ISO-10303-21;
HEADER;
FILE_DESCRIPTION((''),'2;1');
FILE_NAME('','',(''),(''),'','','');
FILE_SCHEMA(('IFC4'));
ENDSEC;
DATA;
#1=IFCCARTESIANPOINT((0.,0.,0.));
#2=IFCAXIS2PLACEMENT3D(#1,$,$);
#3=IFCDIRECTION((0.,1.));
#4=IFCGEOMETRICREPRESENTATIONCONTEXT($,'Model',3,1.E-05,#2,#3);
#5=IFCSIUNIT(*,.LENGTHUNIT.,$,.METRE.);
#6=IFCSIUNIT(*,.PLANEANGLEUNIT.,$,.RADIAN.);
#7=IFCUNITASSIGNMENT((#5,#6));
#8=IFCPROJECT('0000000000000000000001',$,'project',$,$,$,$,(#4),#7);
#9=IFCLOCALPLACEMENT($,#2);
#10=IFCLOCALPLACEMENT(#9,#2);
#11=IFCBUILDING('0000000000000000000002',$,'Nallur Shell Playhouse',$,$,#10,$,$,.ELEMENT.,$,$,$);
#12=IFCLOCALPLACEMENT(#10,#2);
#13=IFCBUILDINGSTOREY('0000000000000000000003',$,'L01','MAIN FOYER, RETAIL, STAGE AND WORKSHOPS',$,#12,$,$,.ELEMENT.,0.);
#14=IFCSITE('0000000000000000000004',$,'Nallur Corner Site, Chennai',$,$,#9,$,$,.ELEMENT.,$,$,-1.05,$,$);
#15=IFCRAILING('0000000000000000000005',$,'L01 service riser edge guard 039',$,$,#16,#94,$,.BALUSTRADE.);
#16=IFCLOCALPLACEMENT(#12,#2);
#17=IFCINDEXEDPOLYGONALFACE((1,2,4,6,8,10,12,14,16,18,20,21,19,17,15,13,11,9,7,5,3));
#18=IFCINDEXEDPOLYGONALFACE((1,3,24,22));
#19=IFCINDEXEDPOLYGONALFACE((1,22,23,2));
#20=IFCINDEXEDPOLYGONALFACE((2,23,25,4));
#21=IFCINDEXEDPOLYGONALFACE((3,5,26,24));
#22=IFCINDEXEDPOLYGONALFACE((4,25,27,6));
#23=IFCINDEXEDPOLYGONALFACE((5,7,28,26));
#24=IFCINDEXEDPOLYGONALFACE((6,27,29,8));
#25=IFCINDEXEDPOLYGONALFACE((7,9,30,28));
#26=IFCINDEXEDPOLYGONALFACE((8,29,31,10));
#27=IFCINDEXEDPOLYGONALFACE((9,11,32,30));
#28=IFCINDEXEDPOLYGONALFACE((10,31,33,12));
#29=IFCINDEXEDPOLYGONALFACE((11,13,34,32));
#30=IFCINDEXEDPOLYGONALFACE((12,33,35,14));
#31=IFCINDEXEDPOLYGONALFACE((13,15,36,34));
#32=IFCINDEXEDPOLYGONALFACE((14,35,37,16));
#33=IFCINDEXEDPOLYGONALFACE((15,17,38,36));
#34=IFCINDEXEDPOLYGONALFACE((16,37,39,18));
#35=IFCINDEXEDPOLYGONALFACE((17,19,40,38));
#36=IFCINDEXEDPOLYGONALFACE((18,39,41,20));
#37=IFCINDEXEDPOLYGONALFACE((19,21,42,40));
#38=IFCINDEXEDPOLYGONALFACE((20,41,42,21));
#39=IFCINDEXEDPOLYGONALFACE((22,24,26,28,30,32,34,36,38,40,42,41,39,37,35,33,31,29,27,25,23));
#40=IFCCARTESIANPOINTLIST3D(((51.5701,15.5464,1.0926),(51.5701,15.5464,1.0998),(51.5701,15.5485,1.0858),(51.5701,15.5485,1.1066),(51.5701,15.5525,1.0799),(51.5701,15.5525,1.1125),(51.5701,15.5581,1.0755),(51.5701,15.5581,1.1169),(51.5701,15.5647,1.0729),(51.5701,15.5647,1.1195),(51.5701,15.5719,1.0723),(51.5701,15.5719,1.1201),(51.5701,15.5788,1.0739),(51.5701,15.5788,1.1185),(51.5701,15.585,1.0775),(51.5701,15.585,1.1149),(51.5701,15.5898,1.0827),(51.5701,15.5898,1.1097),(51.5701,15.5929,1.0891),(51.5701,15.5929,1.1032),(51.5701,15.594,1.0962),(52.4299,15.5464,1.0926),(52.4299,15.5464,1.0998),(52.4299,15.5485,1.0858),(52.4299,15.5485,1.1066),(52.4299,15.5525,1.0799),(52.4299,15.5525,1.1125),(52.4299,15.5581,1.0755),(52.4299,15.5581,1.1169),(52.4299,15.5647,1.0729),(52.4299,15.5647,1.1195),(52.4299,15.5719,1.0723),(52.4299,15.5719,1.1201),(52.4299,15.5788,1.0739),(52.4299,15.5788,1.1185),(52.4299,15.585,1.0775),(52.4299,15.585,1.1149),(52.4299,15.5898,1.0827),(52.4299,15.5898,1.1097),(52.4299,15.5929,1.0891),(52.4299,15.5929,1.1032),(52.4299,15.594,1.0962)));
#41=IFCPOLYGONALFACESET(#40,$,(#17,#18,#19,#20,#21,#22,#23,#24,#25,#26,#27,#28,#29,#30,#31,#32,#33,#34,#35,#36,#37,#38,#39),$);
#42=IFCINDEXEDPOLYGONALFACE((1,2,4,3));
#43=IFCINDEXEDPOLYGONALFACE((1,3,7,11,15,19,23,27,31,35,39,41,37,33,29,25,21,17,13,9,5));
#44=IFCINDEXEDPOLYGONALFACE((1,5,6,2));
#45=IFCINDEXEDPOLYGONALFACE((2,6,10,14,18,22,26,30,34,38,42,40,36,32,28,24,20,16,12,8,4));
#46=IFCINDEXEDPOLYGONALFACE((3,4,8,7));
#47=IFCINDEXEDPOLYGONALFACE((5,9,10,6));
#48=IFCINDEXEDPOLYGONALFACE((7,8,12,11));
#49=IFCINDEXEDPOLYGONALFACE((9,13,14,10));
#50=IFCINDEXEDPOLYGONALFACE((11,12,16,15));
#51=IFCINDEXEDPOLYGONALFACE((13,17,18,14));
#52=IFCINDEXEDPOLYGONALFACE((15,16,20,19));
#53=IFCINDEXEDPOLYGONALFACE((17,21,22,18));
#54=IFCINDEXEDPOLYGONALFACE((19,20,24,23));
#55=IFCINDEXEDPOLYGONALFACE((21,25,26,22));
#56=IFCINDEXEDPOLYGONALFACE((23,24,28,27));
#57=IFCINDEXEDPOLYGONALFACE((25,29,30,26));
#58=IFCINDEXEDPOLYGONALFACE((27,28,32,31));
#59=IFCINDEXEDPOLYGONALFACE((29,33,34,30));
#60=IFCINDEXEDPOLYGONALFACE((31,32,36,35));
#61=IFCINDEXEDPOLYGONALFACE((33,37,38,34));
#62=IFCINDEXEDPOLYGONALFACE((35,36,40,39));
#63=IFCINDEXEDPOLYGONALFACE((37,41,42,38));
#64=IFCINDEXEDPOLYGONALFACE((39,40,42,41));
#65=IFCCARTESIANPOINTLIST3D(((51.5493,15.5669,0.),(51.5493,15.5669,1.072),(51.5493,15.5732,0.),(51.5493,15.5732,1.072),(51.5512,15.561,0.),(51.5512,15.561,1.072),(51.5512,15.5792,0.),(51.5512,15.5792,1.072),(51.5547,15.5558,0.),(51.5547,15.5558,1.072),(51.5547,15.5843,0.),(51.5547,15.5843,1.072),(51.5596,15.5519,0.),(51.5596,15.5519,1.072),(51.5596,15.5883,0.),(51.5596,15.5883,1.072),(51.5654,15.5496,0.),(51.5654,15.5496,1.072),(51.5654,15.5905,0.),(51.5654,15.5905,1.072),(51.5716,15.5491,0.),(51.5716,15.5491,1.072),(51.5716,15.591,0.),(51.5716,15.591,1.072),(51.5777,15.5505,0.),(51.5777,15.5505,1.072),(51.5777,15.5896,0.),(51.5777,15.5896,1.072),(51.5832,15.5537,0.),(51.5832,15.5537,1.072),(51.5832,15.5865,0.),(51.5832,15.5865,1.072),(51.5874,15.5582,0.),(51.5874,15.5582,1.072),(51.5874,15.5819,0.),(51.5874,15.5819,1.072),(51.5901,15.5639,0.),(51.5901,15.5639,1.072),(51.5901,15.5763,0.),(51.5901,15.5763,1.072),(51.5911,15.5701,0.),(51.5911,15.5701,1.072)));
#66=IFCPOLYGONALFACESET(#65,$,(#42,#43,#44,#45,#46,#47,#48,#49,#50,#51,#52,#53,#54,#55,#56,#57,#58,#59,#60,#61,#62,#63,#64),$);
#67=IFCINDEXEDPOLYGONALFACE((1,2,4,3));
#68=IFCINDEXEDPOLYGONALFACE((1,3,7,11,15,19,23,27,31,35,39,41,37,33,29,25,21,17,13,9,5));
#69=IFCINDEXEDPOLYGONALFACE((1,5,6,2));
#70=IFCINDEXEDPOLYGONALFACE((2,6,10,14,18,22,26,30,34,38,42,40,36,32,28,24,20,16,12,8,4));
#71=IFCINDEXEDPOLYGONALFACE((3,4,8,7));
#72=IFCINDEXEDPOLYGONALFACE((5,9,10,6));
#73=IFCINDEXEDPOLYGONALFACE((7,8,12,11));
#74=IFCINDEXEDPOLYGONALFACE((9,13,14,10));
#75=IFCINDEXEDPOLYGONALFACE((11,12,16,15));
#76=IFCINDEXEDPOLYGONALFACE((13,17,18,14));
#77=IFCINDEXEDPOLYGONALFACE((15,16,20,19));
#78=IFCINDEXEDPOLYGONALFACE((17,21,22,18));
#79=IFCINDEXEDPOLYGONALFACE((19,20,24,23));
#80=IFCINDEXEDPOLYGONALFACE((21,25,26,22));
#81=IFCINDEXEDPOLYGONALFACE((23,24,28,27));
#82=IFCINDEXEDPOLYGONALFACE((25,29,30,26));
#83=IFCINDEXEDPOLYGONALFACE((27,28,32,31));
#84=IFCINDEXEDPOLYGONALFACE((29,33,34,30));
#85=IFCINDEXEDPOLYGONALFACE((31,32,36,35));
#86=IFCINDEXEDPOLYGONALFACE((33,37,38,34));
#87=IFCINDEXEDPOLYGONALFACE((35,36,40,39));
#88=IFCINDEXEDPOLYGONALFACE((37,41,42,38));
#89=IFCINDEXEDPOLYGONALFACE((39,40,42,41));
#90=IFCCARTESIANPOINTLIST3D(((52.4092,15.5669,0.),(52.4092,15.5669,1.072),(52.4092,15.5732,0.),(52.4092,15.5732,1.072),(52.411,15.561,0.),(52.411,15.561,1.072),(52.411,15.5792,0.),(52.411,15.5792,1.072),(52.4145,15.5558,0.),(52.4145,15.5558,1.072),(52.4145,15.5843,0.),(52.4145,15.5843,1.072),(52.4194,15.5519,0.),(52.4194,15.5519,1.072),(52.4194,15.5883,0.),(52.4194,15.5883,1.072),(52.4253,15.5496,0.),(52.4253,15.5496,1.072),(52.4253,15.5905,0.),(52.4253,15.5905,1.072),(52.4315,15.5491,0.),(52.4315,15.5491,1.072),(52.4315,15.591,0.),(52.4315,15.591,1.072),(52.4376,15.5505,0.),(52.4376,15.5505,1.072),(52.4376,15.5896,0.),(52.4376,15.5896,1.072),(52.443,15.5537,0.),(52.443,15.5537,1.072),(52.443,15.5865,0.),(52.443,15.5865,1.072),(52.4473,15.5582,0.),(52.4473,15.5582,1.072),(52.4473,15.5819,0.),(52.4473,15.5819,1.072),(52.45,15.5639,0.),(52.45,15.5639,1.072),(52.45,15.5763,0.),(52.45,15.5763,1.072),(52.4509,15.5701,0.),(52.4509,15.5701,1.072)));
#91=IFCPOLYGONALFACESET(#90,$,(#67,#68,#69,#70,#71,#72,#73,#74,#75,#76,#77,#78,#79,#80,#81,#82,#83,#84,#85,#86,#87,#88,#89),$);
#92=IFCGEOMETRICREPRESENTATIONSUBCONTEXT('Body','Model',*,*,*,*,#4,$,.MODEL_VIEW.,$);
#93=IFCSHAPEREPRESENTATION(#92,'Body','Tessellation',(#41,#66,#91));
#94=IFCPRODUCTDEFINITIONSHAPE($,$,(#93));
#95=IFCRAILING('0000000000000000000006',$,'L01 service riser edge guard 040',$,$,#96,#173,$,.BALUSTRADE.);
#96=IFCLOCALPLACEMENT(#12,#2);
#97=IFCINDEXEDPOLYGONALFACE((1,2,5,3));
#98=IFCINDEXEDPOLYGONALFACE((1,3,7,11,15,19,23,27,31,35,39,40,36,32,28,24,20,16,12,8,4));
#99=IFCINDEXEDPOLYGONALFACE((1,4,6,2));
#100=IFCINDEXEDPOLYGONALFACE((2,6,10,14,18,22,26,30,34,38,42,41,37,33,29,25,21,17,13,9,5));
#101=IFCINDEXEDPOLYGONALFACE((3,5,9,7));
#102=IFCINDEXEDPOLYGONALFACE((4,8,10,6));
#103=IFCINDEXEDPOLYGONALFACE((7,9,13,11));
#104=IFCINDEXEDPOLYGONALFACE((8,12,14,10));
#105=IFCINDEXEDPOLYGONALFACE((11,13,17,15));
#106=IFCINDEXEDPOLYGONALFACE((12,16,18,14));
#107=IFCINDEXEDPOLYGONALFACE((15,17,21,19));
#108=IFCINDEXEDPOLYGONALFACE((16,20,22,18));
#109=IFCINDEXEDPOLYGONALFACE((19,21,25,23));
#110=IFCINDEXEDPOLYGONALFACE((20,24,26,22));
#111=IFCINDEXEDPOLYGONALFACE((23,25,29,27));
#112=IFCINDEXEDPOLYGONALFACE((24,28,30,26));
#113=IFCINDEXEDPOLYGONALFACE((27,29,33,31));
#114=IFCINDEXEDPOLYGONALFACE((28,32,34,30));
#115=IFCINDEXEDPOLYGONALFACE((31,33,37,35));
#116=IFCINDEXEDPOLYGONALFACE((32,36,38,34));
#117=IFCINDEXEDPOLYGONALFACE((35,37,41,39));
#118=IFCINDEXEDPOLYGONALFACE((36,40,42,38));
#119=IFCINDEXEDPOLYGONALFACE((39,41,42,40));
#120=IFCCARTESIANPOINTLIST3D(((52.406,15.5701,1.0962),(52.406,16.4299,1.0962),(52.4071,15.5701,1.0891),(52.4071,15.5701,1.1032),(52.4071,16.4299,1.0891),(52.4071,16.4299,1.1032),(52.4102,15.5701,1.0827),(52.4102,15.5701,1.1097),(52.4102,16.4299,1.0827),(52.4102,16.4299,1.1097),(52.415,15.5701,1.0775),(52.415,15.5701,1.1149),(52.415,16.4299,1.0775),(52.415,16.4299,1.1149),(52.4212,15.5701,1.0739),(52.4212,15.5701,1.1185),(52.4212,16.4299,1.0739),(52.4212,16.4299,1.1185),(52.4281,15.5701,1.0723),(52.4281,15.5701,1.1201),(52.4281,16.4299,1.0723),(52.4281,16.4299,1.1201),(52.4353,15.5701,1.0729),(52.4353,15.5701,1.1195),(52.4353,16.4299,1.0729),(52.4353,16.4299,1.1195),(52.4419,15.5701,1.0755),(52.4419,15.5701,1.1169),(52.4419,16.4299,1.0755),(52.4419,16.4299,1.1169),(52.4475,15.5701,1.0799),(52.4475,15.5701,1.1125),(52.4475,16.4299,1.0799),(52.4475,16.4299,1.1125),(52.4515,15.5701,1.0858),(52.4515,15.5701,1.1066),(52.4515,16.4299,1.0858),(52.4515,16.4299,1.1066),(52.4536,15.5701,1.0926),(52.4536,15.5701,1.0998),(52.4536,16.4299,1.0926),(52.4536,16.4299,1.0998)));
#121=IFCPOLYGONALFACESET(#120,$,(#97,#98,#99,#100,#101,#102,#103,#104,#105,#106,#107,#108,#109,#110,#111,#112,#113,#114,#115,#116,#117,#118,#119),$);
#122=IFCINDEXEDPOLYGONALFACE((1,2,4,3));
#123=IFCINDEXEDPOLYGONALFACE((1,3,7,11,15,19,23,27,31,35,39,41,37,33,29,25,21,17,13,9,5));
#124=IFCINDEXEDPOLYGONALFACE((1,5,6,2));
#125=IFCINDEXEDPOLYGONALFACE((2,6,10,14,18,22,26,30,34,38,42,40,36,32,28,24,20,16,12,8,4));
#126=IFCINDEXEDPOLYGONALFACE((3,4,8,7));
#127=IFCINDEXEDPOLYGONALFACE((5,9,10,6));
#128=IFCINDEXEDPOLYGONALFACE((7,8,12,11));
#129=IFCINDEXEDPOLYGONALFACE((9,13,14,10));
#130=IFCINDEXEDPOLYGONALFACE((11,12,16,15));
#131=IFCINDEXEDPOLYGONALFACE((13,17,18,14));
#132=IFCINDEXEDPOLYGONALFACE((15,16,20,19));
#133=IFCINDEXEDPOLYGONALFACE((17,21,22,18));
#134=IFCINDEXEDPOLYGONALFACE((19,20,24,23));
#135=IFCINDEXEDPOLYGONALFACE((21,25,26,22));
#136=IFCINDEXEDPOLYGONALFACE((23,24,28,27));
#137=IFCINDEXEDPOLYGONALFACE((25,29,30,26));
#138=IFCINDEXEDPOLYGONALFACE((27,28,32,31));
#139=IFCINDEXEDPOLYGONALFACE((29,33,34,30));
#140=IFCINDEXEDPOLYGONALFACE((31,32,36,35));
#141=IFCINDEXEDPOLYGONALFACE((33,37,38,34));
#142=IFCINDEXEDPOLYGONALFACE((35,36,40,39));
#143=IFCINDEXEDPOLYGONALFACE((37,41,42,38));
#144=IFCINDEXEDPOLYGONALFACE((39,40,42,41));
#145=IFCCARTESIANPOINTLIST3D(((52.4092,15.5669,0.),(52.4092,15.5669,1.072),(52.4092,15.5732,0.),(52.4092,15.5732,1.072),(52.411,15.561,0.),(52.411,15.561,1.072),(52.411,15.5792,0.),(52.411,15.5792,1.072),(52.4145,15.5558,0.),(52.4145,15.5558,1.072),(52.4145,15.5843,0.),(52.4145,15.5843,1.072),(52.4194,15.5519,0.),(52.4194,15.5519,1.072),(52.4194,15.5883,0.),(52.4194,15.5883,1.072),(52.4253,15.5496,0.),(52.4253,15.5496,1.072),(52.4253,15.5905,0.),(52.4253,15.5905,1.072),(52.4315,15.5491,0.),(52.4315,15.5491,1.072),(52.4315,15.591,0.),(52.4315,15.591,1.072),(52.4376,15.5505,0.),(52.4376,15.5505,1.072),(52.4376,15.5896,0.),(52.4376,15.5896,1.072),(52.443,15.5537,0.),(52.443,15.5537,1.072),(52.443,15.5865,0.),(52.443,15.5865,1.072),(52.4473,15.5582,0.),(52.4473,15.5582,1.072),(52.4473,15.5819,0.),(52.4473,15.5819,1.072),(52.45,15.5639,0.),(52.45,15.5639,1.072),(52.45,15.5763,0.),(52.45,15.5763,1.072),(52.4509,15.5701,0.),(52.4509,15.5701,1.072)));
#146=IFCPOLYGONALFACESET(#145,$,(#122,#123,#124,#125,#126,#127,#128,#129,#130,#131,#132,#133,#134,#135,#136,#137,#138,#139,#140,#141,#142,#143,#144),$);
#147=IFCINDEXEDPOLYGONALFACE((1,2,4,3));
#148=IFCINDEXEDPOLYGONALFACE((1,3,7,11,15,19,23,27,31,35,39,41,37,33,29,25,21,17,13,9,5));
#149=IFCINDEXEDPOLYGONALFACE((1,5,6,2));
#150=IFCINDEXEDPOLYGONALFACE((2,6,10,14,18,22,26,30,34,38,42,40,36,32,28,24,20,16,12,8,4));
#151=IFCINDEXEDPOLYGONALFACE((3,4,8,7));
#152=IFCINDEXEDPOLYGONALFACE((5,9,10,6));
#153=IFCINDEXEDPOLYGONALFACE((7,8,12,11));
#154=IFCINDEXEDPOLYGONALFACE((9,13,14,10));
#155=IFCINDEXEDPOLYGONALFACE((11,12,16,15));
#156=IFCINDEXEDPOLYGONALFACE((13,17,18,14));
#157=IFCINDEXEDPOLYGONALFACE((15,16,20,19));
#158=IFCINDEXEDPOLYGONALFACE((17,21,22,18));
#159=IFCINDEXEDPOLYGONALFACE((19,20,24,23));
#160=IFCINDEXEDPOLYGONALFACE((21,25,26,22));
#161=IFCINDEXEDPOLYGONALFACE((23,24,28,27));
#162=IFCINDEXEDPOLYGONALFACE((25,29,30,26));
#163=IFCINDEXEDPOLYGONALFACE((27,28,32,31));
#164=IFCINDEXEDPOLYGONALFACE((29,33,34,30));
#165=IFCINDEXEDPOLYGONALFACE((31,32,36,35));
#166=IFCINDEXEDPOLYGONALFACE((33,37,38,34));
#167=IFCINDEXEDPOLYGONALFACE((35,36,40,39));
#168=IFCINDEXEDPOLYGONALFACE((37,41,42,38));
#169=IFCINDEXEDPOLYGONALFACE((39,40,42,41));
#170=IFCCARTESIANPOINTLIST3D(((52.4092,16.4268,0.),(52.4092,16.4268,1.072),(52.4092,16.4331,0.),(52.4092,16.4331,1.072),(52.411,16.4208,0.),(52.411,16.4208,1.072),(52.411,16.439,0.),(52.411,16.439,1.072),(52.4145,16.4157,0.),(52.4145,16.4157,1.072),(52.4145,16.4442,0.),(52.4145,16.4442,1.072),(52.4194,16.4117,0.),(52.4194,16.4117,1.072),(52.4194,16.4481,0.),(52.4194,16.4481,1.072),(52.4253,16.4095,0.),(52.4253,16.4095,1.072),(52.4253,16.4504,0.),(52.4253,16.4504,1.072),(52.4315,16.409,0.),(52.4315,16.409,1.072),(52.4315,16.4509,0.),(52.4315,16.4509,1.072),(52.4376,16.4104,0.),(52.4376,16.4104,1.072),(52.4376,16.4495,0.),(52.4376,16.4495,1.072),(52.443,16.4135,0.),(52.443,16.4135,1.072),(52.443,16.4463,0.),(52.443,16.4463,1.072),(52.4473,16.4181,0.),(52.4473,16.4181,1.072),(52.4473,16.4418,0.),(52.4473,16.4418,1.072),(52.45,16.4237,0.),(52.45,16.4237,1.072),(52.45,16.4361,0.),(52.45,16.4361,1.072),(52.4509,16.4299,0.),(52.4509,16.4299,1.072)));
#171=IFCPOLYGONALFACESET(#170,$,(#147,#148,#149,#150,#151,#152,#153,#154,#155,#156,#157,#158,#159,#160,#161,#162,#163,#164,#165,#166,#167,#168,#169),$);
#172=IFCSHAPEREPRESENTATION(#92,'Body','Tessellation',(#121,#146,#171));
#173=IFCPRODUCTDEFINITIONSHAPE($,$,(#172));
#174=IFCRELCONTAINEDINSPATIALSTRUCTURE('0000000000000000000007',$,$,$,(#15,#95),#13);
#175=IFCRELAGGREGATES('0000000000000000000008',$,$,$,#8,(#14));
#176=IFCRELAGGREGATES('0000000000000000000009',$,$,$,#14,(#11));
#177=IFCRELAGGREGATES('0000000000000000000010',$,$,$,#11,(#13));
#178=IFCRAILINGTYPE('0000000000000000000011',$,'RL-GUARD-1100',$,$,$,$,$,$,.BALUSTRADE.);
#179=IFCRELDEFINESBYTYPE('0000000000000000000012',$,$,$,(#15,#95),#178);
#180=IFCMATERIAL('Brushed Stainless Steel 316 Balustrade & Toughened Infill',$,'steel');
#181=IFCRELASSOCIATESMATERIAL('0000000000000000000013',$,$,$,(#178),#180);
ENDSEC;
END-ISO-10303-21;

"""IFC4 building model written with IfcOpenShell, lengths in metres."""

from ifc_helpers import new_model, si_unit, direction, frame, origin, origin_2d, place, context, subcontext, project, spatial, circle, extrude, material, type_object, element, save


model = new_model("IFC4")

# Units and contexts
model_context = context("Model", 3, precision=1e-05, world=origin(), true_north=direction((0.0, 1.0)))
body_context = subcontext(model_context, "Body", "Model", "MODEL_VIEW")
ifc_project = project(units=[si_unit("LENGTHUNIT", "METRE"), si_unit("PLANEANGLEUNIT", "RADIAN")], contexts=[model_context])

# Site, building, storey
site_placement = place(None, origin())
site = spatial("IfcSite", under=ifc_project, at=site_placement, Name="Nallur Corner Site, Chennai", CompositionType="ELEMENT", RefElevation=-1.05)
building_placement = place(site_placement, origin())
building = spatial("IfcBuilding", under=site, at=building_placement, Name="Nallur Shell Playhouse", CompositionType="ELEMENT")
storey_placement = place(building_placement, origin())
storey = spatial("IfcBuildingStorey", under=building, at=storey_placement, Name="L01", Description="MAIN FOYER, RETAIL, STAGE AND WORKSHOPS", CompositionType="ELEMENT", Elevation=0.0)

# Railings
ifc_material_1 = material(Name="Brushed Stainless Steel 316 Balustrade & Toughened Infill", Category="steel")
railing_type = type_object("IfcRailingType", Name="RL-GUARD-1100", PredefinedType="BALUSTRADE", material=ifc_material_1)
railing_1_placement = place(storey_placement, frame((51.5701, 15.5701, 0.0)))
element("IfcRailing", 1, at=railing_1_placement, inside=storey, type_object=railing_type, Name="L01 service riser edge guard 039", PredefinedType="BALUSTRADE", context=body_context, shape_type="SweptSolid", body=[
    extrude(circle(Radius=0.0239, at=origin_2d()), frame((0.0, 0.0, 1.0962), z_axis=(1.0, 0.0, 0.0), x_axis=(0.0, 1.0, 0.0)), (0.0, 0.0, 1.0), 0.8599),
    extrude(circle(Radius=0.021, at=origin_2d()), origin(), (0.0, 0.0, 1.0), 1.072),
    extrude(circle(Radius=0.021, at=origin_2d()), frame((0.8599, 0.0, 0.0)), (0.0, 0.0, 1.0), 1.072),
])
railing_2_placement = place(storey_placement, frame((52.4299, 15.5701, 0.0)))
element("IfcRailing", 2, at=railing_2_placement, inside=storey, type_object=railing_type, Name="L01 service riser edge guard 040", PredefinedType="BALUSTRADE", context=body_context, shape_type="SweptSolid", body=[
    extrude(circle(Radius=0.0239, at=origin_2d()), frame((0.0, 0.0, 1.0962), z_axis=(0.0, 1.0, 0.0), x_axis=(-1.0, 0.0, 0.0)), (0.0, 0.0, 1.0), 0.8599),
    extrude(circle(Radius=0.021, at=origin_2d()), origin(), (0.0, 0.0, 1.0), 1.072),
    extrude(circle(Radius=0.021, at=origin_2d()), frame((0.0, 0.8599, 0.0)), (0.0, 0.0, 1.0), 1.072),
])

save(model, "model.ifc")
